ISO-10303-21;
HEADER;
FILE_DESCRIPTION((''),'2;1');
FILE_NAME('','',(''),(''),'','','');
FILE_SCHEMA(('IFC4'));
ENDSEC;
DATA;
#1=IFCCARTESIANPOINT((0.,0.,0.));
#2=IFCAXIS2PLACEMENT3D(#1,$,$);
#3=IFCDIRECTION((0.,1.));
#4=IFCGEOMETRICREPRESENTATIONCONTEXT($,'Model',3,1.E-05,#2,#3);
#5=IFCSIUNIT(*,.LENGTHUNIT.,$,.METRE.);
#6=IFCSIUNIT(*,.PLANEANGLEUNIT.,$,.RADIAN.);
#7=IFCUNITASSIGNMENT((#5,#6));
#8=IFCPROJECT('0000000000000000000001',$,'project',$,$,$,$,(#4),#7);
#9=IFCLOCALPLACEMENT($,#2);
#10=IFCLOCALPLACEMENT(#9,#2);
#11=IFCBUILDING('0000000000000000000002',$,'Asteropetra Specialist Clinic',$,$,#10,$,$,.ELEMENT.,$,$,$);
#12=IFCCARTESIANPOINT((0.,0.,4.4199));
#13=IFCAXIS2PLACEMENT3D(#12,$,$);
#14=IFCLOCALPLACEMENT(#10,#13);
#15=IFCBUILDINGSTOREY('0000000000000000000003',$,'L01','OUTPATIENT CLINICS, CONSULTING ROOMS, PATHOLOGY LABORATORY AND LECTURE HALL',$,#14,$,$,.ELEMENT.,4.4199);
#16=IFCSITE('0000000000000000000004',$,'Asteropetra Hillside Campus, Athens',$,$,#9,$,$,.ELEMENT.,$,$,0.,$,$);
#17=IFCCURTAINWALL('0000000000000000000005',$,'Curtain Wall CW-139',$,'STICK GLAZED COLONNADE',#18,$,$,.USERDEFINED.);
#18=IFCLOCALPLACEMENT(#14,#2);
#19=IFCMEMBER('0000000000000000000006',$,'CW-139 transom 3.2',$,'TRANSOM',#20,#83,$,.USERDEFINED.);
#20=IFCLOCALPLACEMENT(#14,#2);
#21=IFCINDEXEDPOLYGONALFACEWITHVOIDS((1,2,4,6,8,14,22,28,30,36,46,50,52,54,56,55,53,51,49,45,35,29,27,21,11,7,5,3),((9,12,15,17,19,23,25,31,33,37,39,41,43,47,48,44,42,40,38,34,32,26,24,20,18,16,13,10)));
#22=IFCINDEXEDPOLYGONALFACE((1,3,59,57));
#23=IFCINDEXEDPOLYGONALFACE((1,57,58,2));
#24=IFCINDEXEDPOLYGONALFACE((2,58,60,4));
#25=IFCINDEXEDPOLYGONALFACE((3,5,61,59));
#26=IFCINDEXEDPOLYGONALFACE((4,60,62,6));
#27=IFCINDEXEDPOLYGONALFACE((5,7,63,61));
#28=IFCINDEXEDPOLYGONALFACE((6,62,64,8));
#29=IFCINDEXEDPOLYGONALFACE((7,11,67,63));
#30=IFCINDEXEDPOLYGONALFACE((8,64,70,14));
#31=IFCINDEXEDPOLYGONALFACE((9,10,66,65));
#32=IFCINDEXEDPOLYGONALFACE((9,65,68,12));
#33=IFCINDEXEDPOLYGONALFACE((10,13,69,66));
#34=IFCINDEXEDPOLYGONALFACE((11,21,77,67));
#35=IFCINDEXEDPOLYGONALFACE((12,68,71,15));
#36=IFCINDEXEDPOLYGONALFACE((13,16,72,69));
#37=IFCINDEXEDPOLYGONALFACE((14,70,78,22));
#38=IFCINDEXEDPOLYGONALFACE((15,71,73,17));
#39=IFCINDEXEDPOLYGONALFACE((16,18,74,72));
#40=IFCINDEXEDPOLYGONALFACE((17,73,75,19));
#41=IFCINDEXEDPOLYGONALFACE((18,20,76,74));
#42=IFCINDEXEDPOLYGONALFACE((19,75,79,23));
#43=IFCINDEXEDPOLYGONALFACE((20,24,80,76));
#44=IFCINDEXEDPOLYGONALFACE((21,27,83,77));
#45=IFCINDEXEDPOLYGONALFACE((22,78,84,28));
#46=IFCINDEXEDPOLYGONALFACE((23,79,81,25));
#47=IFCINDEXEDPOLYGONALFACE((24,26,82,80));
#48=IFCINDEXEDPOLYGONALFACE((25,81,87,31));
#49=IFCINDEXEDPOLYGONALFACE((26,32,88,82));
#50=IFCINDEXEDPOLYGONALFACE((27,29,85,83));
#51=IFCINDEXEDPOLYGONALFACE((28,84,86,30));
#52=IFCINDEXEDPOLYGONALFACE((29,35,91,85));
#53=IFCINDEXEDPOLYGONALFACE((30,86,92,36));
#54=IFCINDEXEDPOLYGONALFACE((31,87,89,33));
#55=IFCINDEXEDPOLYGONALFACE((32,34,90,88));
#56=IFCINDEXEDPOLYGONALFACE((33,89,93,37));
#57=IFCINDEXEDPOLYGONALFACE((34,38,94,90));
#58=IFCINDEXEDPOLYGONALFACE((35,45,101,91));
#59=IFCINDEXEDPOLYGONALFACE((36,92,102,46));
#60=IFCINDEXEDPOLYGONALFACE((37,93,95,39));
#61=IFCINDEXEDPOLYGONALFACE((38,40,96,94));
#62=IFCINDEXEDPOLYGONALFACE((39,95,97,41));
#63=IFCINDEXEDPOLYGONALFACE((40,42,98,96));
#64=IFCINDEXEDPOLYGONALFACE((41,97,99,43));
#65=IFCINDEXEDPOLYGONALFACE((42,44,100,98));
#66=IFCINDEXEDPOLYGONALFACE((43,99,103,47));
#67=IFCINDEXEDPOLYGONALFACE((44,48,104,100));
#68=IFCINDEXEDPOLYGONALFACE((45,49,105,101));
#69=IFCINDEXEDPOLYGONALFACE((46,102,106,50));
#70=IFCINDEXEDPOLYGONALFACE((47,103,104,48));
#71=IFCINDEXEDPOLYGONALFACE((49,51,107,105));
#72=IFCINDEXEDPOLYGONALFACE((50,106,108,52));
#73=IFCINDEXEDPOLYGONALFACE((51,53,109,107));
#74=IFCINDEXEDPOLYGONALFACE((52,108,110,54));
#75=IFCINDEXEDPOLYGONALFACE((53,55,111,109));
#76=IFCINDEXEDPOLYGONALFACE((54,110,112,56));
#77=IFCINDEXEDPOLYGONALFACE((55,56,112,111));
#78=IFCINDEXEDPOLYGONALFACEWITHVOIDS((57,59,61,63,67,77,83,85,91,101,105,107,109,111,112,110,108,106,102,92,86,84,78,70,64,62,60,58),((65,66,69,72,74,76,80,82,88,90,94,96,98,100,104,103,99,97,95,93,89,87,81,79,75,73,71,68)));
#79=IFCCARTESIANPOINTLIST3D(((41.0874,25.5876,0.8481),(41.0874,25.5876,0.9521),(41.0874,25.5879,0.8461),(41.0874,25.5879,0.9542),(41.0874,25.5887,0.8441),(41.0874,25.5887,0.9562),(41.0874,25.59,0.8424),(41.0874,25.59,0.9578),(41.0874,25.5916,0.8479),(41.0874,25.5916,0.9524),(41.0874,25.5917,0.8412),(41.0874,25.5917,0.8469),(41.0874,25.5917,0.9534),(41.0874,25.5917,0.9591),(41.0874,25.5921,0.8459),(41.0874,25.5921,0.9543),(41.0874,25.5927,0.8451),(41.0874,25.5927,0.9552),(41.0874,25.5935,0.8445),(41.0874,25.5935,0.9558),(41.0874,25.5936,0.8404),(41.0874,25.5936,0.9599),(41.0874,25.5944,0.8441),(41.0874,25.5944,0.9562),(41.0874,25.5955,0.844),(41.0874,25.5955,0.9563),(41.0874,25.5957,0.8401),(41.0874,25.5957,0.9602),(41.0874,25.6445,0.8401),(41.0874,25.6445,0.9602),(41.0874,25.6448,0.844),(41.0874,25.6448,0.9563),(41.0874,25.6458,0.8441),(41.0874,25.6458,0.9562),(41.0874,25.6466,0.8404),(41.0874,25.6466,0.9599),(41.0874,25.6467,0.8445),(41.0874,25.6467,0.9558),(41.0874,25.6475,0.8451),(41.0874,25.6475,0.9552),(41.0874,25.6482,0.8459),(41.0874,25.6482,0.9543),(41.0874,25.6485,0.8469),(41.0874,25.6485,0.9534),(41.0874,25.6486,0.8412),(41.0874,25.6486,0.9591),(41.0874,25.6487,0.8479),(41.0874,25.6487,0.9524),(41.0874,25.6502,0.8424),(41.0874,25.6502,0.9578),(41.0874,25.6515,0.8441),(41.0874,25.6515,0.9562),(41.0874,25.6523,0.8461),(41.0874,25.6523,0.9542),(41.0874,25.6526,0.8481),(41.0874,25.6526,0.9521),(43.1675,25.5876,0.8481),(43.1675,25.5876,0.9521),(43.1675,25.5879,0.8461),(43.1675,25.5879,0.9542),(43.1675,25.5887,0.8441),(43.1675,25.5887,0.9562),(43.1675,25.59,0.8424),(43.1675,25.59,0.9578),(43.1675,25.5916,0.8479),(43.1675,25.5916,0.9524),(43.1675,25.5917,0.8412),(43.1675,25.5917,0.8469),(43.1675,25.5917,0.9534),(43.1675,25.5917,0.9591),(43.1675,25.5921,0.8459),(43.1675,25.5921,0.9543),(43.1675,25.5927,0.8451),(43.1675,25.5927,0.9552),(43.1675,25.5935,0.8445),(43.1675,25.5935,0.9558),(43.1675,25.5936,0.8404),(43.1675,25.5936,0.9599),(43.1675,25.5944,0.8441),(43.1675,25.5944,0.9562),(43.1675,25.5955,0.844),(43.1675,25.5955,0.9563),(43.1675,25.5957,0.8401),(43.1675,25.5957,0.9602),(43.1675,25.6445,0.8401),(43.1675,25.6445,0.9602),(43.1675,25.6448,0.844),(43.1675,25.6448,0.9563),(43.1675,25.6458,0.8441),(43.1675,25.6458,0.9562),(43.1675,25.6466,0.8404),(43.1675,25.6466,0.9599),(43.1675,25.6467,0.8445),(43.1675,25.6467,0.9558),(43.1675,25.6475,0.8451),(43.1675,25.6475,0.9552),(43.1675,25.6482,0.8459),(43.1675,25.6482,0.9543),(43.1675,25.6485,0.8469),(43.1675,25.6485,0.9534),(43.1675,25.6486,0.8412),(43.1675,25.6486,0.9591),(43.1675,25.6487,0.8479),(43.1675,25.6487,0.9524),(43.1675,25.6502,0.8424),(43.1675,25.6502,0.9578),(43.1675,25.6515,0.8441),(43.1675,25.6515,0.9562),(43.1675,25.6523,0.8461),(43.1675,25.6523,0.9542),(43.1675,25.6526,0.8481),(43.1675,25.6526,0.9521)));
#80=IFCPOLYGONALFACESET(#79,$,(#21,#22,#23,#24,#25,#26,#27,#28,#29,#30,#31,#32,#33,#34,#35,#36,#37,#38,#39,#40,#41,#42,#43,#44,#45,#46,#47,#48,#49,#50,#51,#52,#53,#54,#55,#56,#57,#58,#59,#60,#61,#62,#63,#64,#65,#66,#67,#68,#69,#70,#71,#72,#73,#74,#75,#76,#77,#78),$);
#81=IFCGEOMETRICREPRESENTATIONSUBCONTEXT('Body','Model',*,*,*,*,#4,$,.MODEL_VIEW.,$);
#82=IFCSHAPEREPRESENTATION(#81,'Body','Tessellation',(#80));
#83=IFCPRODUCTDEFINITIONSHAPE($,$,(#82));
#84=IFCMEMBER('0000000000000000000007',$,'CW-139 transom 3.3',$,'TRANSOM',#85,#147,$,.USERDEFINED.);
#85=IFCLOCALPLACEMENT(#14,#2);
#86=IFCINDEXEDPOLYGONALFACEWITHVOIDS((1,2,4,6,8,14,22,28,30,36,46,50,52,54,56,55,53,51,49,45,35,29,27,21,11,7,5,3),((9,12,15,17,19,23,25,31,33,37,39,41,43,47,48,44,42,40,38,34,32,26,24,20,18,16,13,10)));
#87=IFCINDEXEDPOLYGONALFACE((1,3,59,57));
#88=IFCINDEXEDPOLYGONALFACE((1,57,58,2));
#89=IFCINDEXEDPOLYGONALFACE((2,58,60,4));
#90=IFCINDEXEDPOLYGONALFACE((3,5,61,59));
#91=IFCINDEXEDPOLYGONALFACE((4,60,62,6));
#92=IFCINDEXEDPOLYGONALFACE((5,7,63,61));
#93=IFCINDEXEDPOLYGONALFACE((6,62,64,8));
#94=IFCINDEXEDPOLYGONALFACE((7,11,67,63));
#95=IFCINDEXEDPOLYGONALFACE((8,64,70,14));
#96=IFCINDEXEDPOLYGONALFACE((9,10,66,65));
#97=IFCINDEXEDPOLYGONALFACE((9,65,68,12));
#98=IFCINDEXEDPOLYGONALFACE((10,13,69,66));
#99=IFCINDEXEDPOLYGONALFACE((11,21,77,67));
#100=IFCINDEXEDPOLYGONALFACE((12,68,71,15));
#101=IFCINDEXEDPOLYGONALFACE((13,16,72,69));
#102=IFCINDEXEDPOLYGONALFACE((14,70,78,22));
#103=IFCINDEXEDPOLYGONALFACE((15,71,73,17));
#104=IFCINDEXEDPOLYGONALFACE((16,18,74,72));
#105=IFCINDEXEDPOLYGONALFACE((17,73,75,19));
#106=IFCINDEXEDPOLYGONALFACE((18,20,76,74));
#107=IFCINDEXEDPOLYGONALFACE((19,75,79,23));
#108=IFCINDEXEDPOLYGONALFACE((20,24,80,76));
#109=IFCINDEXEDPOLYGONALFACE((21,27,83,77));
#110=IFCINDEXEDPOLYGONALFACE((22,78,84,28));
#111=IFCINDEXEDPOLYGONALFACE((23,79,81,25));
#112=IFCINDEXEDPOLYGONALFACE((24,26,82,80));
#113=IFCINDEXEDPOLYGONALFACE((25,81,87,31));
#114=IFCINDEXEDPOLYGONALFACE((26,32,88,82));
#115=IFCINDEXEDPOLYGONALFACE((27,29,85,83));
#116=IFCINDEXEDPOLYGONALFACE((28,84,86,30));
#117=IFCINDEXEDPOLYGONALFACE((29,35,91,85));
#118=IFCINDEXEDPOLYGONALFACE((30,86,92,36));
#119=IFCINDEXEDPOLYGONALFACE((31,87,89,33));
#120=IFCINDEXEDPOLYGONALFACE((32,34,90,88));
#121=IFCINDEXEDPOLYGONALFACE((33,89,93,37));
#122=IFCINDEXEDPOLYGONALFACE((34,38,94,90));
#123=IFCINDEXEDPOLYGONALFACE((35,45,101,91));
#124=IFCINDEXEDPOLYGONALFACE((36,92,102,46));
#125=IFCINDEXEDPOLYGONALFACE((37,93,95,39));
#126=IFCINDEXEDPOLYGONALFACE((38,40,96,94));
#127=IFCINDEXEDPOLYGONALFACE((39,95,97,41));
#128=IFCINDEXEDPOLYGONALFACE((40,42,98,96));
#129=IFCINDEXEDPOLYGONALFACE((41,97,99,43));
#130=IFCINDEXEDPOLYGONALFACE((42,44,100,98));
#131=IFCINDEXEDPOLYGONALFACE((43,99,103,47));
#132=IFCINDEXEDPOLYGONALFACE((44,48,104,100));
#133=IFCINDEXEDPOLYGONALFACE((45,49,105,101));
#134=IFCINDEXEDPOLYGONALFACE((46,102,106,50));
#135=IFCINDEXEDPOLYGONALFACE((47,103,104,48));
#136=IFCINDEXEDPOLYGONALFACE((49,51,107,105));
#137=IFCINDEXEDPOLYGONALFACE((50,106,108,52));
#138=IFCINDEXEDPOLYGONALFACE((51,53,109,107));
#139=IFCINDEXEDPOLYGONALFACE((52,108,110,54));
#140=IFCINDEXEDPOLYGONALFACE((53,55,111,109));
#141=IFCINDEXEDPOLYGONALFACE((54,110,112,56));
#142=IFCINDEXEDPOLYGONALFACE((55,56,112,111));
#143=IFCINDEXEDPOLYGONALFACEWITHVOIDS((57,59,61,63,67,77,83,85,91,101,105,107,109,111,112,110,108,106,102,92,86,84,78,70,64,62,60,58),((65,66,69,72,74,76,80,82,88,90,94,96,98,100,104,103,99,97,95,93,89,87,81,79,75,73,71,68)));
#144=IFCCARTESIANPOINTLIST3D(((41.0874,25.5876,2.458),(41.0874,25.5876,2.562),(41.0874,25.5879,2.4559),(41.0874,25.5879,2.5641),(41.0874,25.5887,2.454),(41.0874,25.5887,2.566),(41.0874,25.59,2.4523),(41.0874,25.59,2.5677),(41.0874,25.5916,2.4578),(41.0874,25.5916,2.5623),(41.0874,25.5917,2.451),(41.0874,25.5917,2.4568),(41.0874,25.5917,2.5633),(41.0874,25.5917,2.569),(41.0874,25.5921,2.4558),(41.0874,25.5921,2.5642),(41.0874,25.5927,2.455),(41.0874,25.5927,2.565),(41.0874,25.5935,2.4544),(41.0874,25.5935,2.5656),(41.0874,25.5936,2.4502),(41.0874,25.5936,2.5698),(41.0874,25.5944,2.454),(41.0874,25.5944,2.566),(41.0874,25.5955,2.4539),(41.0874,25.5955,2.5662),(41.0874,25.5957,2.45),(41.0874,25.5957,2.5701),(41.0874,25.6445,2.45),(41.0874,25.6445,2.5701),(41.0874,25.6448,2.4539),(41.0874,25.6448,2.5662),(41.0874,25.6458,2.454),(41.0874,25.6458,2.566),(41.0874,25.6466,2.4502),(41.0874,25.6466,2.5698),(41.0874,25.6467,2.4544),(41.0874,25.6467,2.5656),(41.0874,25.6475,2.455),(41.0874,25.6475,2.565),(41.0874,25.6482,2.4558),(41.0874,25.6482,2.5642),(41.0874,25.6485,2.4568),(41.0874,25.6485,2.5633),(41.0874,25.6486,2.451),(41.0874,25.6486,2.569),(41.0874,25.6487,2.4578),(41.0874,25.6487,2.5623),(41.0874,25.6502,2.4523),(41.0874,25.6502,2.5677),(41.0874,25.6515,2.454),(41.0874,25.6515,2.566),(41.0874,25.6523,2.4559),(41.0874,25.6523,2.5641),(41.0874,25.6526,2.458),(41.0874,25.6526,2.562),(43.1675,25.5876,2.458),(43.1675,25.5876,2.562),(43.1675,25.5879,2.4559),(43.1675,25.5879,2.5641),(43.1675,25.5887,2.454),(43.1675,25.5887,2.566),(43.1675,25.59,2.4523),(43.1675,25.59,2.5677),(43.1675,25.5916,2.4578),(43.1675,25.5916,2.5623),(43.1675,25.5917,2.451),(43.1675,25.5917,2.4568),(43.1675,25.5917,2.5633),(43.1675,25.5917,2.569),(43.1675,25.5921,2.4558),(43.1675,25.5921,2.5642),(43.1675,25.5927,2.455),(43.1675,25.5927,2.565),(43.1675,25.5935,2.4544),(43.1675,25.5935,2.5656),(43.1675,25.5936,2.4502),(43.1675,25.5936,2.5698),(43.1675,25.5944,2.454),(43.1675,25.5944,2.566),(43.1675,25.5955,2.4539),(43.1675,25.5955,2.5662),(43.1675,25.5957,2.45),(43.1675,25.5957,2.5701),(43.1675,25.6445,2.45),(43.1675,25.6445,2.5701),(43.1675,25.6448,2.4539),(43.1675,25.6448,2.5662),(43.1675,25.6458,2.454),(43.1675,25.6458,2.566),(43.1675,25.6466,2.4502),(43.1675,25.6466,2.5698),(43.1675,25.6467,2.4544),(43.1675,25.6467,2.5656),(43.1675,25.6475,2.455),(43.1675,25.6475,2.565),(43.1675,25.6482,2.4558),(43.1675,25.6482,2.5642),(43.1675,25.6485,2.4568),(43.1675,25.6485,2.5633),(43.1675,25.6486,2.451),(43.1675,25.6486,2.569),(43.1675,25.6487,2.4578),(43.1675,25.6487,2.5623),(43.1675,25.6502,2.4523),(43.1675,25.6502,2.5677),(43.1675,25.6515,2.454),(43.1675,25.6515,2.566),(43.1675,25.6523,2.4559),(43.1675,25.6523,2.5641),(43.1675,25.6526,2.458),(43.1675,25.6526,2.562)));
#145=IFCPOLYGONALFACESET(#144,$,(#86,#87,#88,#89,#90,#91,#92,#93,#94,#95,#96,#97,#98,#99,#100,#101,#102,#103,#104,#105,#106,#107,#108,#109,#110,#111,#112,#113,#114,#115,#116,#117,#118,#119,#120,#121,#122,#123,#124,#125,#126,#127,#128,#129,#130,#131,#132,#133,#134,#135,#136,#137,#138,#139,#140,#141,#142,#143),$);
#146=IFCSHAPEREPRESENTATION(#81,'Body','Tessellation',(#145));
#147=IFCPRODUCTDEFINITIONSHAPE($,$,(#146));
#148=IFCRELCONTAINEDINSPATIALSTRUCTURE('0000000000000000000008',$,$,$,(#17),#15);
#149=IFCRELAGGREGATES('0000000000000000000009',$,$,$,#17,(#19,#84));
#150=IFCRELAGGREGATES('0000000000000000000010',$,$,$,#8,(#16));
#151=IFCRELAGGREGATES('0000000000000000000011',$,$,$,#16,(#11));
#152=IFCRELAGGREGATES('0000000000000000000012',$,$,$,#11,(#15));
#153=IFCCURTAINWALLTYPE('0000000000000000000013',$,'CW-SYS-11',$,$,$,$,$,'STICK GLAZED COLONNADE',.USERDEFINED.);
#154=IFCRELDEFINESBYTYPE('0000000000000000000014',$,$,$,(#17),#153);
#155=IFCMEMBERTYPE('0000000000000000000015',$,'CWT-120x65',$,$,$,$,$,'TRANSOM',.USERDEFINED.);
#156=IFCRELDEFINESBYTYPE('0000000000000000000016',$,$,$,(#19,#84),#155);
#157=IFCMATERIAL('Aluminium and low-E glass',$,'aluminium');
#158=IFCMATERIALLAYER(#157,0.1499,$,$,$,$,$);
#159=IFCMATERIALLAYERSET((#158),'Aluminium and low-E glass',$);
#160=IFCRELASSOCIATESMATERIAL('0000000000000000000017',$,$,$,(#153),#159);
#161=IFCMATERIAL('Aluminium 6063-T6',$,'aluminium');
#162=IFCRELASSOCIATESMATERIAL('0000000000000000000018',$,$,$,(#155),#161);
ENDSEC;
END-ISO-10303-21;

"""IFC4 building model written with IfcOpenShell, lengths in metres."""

from ifc_helpers import new_model, si_unit, direction, frame, origin, origin_2d, place, context, subcontext, project, spatial, hollow_rectangle, extrude, material, layer, layer_set, material_profile, profile_set, type_object, element, aggregate, save


model = new_model("IFC4")

# Units and contexts
model_context = context("Model", 3, precision=1e-05, world=origin(), true_north=direction((0.0, 1.0)))
body_context = subcontext(model_context, "Body", "Model", "MODEL_VIEW")
ifc_project = project(units=[si_unit("LENGTHUNIT", "METRE"), si_unit("PLANEANGLEUNIT", "RADIAN")], contexts=[model_context])

# Site, building, storey
site_placement = place(None, origin())
site = spatial("IfcSite", under=ifc_project, at=site_placement, Name="Asteropetra Hillside Campus, Athens", CompositionType="ELEMENT", RefElevation=0.0)
building_placement = place(site_placement, origin())
building = spatial("IfcBuilding", under=site, at=building_placement, Name="Asteropetra Specialist Clinic", CompositionType="ELEMENT")
storey_placement = place(building_placement, frame((0.0, 0.0, 4.4199)))
storey = spatial("IfcBuildingStorey", under=building, at=storey_placement, Name="L01", Description="OUTPATIENT CLINICS, CONSULTING ROOMS, PATHOLOGY LABORATORY AND LECTURE HALL", CompositionType="ELEMENT", Elevation=4.4199)

# Curtain wall, members
ifc_material_1 = material(Name="Aluminium and low-E glass", Category="aluminium")
ifc_layer_1 = layer(ifc_material_1, 0.1499)
ifc_layer_set_1 = layer_set([ifc_layer_1], Name="Aluminium and low-E glass")
curtain_wall_type = type_object("IfcCurtainWallType", Name="CW-SYS-11", ElementType="STICK GLAZED COLONNADE", PredefinedType="USERDEFINED", material=ifc_layer_set_1)
curtain_wall_placement = place(storey_placement, origin())
curtain_wall = element("IfcCurtainWall", 1, at=curtain_wall_placement, inside=storey, type_object=curtain_wall_type, Name="Curtain Wall CW-139", ObjectType="STICK GLAZED COLONNADE", PredefinedType="USERDEFINED")
ifc_material_2 = material(Name="Aluminium 6063-T6", Category="aluminium")
ifc_material_profile_1 = material_profile(ifc_material_2, hollow_rectangle(XDim=0.0649, YDim=0.1201, WallThickness=0.0039, InnerFilletRadius=0.0039, OuterFilletRadius=0.0081, at=origin_2d()), Name="TRN 120x65x4.0")
ifc_profile_set_1 = profile_set([ifc_material_profile_1], Name="Aluminium 6063-T6")
member_type_1 = type_object("IfcMemberType", Name="CWT-120x65", ElementType="TRANSOM", PredefinedType="USERDEFINED", material=ifc_profile_set_1)
member_1_placement = place(storey_placement, frame((43.1675, 25.6201, 0.9001), z_axis=(-1.0, 0.0, 0.0), x_axis=(0.0, -1.0, 0.0)))
member_1 = element("IfcMember", 2, at=member_1_placement, type_object=member_type_1, Name="CW-139 transom 3.2", ObjectType="TRANSOM", PredefinedType="USERDEFINED", context=body_context, shape_type="SweptSolid", body=[
    extrude(hollow_rectangle(XDim=0.0649, YDim=0.1201, WallThickness=0.0039, InnerFilletRadius=0.0039, OuterFilletRadius=0.0081, at=origin_2d()), origin(), (0.0, 0.0, 1.0), 2.0801),
])
member_2_placement = place(storey_placement, frame((43.1675, 25.6201, 2.51), z_axis=(-1.0, 0.0, 0.0), x_axis=(0.0, -1.0, 0.0)))
member_2 = element("IfcMember", 3, at=member_2_placement, type_object=member_type_1, Name="CW-139 transom 3.3", ObjectType="TRANSOM", PredefinedType="USERDEFINED", context=body_context, shape_type="SweptSolid", body=[
    extrude(hollow_rectangle(XDim=0.0649, YDim=0.1201, WallThickness=0.0039, InnerFilletRadius=0.0039, OuterFilletRadius=0.0081, at=origin_2d()), origin(), (0.0, 0.0, 1.0), 2.0801),
])
aggregate(curtain_wall, [member_1, member_2])

save(model, "model.ifc")
